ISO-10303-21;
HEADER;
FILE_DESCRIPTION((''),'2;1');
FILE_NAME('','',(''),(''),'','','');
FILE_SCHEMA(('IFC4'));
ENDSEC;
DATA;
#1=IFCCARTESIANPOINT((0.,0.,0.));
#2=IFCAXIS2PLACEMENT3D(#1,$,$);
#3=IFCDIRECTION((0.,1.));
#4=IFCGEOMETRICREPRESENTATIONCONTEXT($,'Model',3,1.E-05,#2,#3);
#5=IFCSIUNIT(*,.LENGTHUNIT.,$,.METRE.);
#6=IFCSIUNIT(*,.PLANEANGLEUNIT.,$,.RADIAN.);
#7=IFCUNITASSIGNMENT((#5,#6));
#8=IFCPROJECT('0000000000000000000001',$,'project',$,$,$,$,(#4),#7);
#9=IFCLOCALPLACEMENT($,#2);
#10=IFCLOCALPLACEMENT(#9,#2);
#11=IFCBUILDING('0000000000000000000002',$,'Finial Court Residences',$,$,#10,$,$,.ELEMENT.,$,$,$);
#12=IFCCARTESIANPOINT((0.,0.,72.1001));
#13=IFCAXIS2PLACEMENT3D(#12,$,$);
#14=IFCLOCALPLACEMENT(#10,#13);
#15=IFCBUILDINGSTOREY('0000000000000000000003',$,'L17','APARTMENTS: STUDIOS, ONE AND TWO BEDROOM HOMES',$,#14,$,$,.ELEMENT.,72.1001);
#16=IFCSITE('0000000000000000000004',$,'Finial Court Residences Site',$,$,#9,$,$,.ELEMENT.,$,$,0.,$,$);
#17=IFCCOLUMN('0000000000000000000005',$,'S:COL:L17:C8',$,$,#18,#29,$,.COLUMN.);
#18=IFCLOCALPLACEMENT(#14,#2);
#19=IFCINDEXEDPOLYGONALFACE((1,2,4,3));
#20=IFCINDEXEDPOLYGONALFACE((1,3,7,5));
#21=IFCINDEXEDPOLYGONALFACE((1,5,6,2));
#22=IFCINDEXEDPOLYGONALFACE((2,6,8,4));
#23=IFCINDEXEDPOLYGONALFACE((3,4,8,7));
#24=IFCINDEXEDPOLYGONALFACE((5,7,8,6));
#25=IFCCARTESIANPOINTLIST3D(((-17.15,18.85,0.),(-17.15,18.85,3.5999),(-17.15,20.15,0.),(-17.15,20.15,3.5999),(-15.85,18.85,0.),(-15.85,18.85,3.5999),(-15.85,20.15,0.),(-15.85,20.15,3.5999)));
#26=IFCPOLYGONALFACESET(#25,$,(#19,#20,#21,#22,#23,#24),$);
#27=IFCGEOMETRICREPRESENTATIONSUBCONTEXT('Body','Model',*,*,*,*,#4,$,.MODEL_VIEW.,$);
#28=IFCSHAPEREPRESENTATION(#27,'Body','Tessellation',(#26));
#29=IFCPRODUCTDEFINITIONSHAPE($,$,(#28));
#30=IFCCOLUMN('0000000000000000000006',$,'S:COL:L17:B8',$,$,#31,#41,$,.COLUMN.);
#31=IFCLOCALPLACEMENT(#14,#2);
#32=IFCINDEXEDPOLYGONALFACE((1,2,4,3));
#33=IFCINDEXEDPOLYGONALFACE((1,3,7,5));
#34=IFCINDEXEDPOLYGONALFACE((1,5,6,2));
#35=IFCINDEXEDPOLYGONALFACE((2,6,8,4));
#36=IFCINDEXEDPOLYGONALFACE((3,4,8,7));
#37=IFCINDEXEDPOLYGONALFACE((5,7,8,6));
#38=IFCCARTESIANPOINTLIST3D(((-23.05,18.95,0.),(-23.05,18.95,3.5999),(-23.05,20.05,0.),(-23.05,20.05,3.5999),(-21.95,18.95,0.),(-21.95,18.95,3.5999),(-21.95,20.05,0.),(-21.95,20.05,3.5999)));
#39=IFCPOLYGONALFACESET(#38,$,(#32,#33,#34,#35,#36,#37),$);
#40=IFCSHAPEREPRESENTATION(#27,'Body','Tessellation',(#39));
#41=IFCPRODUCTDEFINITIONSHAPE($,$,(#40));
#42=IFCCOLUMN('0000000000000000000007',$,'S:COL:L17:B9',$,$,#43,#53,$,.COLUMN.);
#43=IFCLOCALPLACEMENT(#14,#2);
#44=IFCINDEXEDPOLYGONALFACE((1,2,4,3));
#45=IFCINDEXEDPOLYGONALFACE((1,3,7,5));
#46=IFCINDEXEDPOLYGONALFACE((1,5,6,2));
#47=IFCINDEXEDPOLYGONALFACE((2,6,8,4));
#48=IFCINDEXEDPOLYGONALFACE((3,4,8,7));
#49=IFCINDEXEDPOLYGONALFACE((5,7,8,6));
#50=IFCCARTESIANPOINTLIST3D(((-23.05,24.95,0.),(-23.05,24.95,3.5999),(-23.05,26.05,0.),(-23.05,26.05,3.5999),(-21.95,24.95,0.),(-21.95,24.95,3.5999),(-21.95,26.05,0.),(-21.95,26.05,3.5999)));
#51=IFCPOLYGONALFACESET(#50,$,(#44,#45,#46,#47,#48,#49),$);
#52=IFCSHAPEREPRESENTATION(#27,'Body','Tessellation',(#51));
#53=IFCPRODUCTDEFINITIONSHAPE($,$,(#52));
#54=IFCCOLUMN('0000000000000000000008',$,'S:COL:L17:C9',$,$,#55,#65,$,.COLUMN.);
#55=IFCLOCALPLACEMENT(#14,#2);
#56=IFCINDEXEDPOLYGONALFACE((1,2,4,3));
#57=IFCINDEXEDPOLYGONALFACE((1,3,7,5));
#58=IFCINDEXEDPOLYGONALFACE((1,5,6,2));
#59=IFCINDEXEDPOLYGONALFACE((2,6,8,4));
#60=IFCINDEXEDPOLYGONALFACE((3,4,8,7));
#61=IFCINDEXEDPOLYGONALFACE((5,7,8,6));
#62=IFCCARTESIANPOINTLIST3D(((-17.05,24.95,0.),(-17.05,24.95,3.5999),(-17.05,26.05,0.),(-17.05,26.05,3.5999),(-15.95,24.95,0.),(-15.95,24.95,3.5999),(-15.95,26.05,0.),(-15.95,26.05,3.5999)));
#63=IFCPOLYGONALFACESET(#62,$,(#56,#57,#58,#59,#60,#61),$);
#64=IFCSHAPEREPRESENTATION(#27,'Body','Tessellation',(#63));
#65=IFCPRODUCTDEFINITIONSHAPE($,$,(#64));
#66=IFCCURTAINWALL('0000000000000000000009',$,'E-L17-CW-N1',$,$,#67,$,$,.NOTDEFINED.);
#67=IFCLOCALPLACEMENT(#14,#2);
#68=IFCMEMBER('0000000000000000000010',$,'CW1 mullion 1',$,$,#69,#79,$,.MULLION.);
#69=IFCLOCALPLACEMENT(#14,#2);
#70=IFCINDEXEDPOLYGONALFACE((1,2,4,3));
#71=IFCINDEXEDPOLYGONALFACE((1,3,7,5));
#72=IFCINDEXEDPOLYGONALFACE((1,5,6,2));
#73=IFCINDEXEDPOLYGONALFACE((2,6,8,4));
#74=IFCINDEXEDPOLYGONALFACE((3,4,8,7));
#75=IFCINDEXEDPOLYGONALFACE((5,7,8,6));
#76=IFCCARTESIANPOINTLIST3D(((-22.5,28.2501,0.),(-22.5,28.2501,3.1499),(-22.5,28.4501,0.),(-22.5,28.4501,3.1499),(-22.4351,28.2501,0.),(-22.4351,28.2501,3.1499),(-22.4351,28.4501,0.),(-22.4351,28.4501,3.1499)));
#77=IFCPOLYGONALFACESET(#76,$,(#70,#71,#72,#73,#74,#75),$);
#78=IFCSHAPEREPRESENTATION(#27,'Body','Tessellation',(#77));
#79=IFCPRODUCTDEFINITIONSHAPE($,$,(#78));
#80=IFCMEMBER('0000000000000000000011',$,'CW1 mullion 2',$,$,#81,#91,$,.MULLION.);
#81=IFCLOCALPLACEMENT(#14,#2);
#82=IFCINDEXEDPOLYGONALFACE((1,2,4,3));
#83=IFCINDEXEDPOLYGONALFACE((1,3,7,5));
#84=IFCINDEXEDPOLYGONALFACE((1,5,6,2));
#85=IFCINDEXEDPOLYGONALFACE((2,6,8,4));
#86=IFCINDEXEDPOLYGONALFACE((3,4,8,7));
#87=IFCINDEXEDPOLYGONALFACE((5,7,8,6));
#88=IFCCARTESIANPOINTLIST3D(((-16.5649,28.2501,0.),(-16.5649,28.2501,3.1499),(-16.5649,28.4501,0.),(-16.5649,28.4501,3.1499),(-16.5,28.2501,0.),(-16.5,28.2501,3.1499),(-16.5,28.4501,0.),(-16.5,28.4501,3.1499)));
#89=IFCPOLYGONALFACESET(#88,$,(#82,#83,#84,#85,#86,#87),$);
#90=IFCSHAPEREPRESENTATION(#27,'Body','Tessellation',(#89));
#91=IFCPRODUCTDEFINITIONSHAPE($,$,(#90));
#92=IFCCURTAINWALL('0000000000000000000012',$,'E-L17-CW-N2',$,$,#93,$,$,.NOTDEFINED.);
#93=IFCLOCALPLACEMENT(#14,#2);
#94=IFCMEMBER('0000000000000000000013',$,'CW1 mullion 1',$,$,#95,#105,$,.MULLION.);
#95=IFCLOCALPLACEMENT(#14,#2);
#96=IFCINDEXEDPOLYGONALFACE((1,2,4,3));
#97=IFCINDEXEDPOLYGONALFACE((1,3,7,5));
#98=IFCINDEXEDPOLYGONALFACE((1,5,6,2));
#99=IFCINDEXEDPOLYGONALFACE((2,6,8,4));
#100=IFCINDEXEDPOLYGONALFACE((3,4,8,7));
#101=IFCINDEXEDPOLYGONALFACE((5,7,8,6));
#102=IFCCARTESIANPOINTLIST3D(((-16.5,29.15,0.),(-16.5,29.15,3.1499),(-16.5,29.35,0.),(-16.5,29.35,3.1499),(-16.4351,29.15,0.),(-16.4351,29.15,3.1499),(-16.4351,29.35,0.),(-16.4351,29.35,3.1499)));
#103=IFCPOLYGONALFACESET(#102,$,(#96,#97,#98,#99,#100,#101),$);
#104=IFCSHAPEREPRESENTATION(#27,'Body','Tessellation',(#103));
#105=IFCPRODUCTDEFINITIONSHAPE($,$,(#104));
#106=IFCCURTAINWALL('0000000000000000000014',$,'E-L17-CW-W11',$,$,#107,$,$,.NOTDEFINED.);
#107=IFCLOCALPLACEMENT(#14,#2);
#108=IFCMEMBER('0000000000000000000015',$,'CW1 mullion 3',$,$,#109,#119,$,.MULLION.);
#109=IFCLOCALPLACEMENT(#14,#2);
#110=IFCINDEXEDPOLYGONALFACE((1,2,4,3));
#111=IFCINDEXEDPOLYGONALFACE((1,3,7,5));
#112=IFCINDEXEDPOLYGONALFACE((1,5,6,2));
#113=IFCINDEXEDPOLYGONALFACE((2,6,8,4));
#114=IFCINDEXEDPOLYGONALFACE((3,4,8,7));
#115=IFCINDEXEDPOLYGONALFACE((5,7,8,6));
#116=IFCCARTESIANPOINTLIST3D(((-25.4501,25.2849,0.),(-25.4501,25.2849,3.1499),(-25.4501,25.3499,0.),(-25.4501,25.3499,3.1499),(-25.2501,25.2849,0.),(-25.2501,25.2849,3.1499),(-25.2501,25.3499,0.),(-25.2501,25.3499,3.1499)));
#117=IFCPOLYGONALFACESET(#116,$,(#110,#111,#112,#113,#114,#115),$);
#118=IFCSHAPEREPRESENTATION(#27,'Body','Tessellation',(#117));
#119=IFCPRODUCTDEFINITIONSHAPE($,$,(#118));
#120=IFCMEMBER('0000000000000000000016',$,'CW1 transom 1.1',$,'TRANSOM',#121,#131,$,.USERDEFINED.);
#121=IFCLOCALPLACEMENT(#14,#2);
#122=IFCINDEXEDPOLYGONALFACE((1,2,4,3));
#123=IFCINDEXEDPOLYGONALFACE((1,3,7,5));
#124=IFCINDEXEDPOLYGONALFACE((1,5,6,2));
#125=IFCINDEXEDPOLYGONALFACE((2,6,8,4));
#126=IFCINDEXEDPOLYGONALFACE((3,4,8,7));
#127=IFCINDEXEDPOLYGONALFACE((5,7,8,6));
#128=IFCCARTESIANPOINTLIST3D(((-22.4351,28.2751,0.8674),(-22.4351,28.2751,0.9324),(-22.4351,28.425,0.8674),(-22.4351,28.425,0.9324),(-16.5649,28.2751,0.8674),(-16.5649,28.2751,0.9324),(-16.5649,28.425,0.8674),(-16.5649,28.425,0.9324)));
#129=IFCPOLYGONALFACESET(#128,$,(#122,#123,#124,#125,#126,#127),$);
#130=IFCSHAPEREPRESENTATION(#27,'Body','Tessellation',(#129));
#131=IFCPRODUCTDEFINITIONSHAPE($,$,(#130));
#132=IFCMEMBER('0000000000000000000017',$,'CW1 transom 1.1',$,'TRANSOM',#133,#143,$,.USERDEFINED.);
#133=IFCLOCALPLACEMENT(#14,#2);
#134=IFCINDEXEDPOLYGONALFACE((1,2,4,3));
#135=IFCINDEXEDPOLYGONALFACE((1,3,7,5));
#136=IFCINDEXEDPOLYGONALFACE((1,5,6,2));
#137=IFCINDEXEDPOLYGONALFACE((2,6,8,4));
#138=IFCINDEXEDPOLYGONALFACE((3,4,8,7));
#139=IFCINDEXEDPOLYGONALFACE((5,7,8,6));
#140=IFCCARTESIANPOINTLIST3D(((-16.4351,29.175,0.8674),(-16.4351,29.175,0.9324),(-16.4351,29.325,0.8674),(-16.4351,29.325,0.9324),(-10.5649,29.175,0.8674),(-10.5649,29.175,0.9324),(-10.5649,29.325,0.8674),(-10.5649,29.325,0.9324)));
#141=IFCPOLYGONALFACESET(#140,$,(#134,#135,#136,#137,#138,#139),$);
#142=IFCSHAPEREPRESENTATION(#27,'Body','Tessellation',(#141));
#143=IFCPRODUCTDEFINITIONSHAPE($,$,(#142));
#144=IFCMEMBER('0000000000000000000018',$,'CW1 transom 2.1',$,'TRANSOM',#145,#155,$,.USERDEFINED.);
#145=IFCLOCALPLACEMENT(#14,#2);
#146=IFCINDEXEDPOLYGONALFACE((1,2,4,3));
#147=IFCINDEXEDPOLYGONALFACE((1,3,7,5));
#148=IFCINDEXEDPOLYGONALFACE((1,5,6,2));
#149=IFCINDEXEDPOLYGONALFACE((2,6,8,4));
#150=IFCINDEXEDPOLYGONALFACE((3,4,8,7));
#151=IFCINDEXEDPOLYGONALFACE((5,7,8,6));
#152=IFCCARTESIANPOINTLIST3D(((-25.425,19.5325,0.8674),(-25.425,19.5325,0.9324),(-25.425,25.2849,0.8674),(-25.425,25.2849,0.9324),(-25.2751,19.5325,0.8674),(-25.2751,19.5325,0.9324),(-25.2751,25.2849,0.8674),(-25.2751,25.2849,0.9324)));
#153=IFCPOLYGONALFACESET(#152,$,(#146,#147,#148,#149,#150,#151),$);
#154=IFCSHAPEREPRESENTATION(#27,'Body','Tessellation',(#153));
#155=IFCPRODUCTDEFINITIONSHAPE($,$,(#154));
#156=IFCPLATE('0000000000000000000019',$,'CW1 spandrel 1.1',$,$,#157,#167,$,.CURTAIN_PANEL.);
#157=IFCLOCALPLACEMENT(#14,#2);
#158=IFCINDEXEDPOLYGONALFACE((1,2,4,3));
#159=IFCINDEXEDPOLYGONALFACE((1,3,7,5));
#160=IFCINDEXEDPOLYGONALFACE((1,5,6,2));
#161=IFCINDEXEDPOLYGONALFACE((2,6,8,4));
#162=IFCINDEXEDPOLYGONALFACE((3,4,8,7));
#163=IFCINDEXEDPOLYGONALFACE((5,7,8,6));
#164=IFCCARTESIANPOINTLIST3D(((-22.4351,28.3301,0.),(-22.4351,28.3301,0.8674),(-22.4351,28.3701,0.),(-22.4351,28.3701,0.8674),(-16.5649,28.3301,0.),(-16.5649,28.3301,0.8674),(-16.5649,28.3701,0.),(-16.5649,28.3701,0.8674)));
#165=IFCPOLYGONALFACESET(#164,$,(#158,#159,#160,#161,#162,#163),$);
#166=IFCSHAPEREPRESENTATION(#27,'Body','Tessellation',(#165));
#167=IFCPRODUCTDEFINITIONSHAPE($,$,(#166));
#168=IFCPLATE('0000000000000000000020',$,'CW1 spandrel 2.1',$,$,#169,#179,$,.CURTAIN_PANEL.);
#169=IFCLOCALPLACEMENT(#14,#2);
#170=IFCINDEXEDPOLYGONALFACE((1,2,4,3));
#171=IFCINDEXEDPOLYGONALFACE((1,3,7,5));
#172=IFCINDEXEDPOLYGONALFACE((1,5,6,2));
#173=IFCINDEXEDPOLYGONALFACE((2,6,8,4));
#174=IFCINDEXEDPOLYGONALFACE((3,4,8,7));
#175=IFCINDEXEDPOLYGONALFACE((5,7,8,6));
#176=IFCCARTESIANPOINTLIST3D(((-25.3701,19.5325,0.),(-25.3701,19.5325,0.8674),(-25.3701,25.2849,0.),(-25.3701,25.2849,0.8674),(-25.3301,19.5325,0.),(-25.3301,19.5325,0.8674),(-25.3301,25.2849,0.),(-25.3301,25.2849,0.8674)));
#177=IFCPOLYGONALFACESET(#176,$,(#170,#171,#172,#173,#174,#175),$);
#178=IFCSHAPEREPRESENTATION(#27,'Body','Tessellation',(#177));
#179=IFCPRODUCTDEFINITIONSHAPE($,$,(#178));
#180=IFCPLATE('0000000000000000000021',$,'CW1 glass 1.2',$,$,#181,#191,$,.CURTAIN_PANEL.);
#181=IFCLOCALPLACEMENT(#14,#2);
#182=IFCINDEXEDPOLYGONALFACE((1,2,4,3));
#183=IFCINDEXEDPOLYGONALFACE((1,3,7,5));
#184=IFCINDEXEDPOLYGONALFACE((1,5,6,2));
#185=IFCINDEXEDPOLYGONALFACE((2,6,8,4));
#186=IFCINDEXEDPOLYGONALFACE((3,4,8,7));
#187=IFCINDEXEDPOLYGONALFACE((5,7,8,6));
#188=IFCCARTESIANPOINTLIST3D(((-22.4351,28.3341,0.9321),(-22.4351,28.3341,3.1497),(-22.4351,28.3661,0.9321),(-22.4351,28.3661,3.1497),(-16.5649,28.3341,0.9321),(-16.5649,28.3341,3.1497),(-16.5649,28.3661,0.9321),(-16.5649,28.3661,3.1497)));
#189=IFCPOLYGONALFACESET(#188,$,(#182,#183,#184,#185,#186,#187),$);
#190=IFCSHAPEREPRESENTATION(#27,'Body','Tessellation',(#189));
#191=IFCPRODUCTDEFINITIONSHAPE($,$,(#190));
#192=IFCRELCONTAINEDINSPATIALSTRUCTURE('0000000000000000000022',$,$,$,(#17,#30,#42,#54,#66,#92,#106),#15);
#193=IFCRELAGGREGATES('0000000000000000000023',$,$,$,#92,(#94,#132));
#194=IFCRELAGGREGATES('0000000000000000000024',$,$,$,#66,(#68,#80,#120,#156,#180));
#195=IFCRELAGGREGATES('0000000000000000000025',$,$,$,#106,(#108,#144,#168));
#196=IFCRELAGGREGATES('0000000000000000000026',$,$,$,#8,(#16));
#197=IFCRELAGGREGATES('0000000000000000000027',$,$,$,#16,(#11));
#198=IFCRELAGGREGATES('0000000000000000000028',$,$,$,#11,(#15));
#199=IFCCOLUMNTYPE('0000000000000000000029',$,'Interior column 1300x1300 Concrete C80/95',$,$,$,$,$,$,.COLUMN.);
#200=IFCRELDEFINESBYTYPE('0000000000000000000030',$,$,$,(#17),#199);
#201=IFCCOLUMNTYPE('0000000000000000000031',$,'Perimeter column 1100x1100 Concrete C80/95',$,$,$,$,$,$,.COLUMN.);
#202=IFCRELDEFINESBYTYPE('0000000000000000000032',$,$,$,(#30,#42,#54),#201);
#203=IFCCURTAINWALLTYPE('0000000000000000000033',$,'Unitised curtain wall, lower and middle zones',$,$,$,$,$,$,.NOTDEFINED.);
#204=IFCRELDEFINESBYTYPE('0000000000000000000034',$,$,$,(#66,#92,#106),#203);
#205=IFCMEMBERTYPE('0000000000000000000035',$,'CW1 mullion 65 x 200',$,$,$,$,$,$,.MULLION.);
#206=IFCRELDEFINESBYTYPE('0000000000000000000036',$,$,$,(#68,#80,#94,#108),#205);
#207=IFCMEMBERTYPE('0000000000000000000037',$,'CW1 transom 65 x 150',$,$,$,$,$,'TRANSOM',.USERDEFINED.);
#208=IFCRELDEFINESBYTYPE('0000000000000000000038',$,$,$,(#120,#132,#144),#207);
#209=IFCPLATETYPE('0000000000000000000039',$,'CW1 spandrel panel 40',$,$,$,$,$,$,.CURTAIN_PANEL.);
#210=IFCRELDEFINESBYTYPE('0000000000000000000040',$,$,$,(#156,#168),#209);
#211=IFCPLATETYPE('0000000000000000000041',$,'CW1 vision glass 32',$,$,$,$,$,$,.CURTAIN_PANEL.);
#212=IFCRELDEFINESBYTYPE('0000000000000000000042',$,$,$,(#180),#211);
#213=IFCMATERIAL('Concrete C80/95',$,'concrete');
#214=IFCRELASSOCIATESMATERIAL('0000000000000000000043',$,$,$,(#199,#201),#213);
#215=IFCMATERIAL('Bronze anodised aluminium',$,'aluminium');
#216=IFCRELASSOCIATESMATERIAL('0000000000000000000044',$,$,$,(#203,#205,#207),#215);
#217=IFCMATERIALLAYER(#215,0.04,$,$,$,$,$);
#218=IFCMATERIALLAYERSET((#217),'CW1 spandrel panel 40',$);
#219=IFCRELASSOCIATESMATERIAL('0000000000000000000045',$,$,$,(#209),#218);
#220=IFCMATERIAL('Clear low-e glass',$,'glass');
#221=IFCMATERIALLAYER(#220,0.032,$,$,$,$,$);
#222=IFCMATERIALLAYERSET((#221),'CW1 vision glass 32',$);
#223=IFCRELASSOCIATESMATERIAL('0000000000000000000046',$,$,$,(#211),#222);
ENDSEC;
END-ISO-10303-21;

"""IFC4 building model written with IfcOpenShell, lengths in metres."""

from ifc_helpers import new_model, si_unit, direction, frame, origin, origin_2d, place, context, subcontext, project, spatial, rectangle, extrude, material, layer, layer_set, material_profile, profile_set, type_object, element, aggregate, save


model = new_model("IFC4")

# Units and contexts
model_context = context("Model", 3, precision=1e-05, world=origin(), true_north=direction((0.0, 1.0)))
body_context = subcontext(model_context, "Body", "Model", "MODEL_VIEW")
ifc_project = project(units=[si_unit("LENGTHUNIT", "METRE"), si_unit("PLANEANGLEUNIT", "RADIAN")], contexts=[model_context])

# Site, building, storey
site_placement = place(None, origin())
site = spatial("IfcSite", under=ifc_project, at=site_placement, Name="Finial Court Residences Site", CompositionType="ELEMENT", RefElevation=0.0)
building_placement = place(site_placement, origin())
building = spatial("IfcBuilding", under=site, at=building_placement, Name="Finial Court Residences", CompositionType="ELEMENT")
storey_placement = place(building_placement, frame((0.0, 0.0, 72.1001)))
storey = spatial("IfcBuildingStorey", under=building, at=storey_placement, Name="L17", Description="APARTMENTS: STUDIOS, ONE AND TWO BEDROOM HOMES", CompositionType="ELEMENT", Elevation=72.1001)

# Columns
ifc_material_1 = material(Name="Concrete C80/95", Category="concrete")
ifc_material_profile_1 = material_profile(ifc_material_1, rectangle(XDim=1.3, YDim=1.3, at=origin_2d()), Name="1300x1300")
ifc_profile_set_1 = profile_set([ifc_material_profile_1], Name="Concrete C80/95")
column_type_1 = type_object("IfcColumnType", Name="Interior column 1300x1300 Concrete C80/95", PredefinedType="COLUMN", material=ifc_profile_set_1)
column_placement = place(storey_placement, frame((-16.5, 19.5, 0.0), z_axis=(0.0, 0.0, 1.0), x_axis=(1.0, 0.0, 0.0)))
element("IfcColumn", 1, at=column_placement, inside=storey, type_object=column_type_1, Name="S:COL:L17:C8", PredefinedType="COLUMN", context=body_context, shape_type="SweptSolid", body=[
    extrude(rectangle(XDim=1.3, YDim=1.3, at=origin_2d()), origin(), (0.0, 0.0, 1.0), 3.5999),
])
ifc_material_profile_2 = material_profile(ifc_material_1, rectangle(XDim=1.1001, YDim=1.1001, at=origin_2d()), Name="1100x1100")
ifc_profile_set_2 = profile_set([ifc_material_profile_2], Name="Concrete C80/95")
column_type_2 = type_object("IfcColumnType", Name="Perimeter column 1100x1100 Concrete C80/95", PredefinedType="COLUMN", material=ifc_profile_set_2)
for number, where, z_axis, x_axis, name in (
    (2, (-22.5, 19.5, 0.0), (0.0, 0.0, 1.0), (1.0, 0.0, 0.0), "S:COL:L17:B8"),
    (3, (-22.5, 25.5, 0.0), (0.0, 0.0, 1.0), (1.0, 0.0, 0.0), "S:COL:L17:B9"),
    (4, (-16.5, 25.5, 0.0), (0.0, 0.0, 1.0), (1.0, 0.0, 0.0), "S:COL:L17:C9"),
):
    element("IfcColumn", number, at=place(storey_placement, frame(where, z_axis=z_axis, x_axis=x_axis)), inside=storey, type_object=column_type_2, Name=name, PredefinedType="COLUMN", context=body_context, shape_type="SweptSolid", body=[
        extrude(rectangle(XDim=1.1001, YDim=1.1001, at=origin_2d()), origin(), (0.0, 0.0, 1.0), 3.5999),
    ])

# Curtain wall, members
ifc_material_2 = material(Name="Bronze anodised aluminium", Category="aluminium")
curtain_wall_type = type_object("IfcCurtainWallType", Name="Unitised curtain wall, lower and middle zones", PredefinedType="NOTDEFINED", material=ifc_material_2)
curtain_wall_1_placement = place(storey_placement, origin())
curtain_wall_1 = element("IfcCurtainWall", 5, at=curtain_wall_1_placement, inside=storey, type_object=curtain_wall_type, Name="E-L17-CW-N1", PredefinedType="NOTDEFINED")
ifc_material_profile_3 = material_profile(ifc_material_2, rectangle(XDim=0.2, YDim=0.0649, at=origin_2d()), Name="CW1 mullion 65 x 200")
ifc_profile_set_3 = profile_set([ifc_material_profile_3], Name="Bronze anodised aluminium")
member_type_1 = type_object("IfcMemberType", Name="CW1 mullion 65 x 200", PredefinedType="MULLION", material=ifc_profile_set_3)
member_1_placement = place(storey_placement, frame((-22.4675, 28.3501, 0.0), z_axis=(0.0, 0.0, 1.0), x_axis=(0.0, 1.0, 0.0)))
member_1 = element("IfcMember", 6, at=member_1_placement, type_object=member_type_1, Name="CW1 mullion 1", PredefinedType="MULLION", context=body_context, shape_type="SweptSolid", body=[
    extrude(rectangle(XDim=0.2, YDim=0.0649, at=origin_2d()), origin(), (0.0, 0.0, 1.0), 3.1499),
])
member_2_placement = place(storey_placement, frame((-16.5325, 28.3501, 0.0), z_axis=(0.0, 0.0, 1.0), x_axis=(0.0, 1.0, 0.0)))
member_2 = element("IfcMember", 7, at=member_2_placement, type_object=member_type_1, Name="CW1 mullion 2", PredefinedType="MULLION", context=body_context, shape_type="SweptSolid", body=[
    extrude(rectangle(XDim=0.2, YDim=0.0649, at=origin_2d()), origin(), (0.0, 0.0, 1.0), 3.1499),
])

# Curtain walls, members
curtain_wall_2_placement = place(storey_placement, origin())
curtain_wall_2 = element("IfcCurtainWall", 8, at=curtain_wall_2_placement, inside=storey, type_object=curtain_wall_type, Name="E-L17-CW-N2", PredefinedType="NOTDEFINED")
member_3_placement = place(storey_placement, frame((-16.4675, 29.25, 0.0), z_axis=(0.0, 0.0, 1.0), x_axis=(0.0, 1.0, 0.0)))
member_3 = element("IfcMember", 9, at=member_3_placement, type_object=member_type_1, Name="CW1 mullion 1", PredefinedType="MULLION", context=body_context, shape_type="SweptSolid", body=[
    extrude(rectangle(XDim=0.2, YDim=0.0649, at=origin_2d()), origin(), (0.0, 0.0, 1.0), 3.1499),
])
curtain_wall_3_placement = place(storey_placement, origin())
curtain_wall_3 = element("IfcCurtainWall", 10, at=curtain_wall_3_placement, inside=storey, type_object=curtain_wall_type, Name="E-L17-CW-W11", PredefinedType="NOTDEFINED")
member_4_placement = place(storey_placement, frame((-25.3501, 25.3174, 0.0), z_axis=(0.0, 0.0, 1.0), x_axis=(-1.0, 0.0, 0.0)))
member_4 = element("IfcMember", 11, at=member_4_placement, type_object=member_type_1, Name="CW1 mullion 3", PredefinedType="MULLION", context=body_context, shape_type="SweptSolid", body=[
    extrude(rectangle(XDim=0.2, YDim=0.0649, at=origin_2d()), origin(), (0.0, 0.0, 1.0), 3.1499),
])

# Members
ifc_material_profile_4 = material_profile(ifc_material_2, rectangle(XDim=0.1499, YDim=0.0649, at=origin_2d()), Name="CW1 transom 65 x 150")
ifc_profile_set_4 = profile_set([ifc_material_profile_4], Name="Bronze anodised aluminium")
member_type_2 = type_object("IfcMemberType", Name="CW1 transom 65 x 150", ElementType="TRANSOM", PredefinedType="USERDEFINED", material=ifc_profile_set_4)
member_5_placement = place(storey_placement, frame((-22.4351, 28.3501, 0.8999), z_axis=(1.0, 0.0, 0.0), x_axis=(0.0, 1.0, 0.0)))
member_5 = element("IfcMember", 12, at=member_5_placement, type_object=member_type_2, Name="CW1 transom 1.1", ObjectType="TRANSOM", PredefinedType="USERDEFINED", context=body_context, shape_type="SweptSolid", body=[
    extrude(rectangle(XDim=0.1499, YDim=0.0649, at=origin_2d()), origin(), (0.0, 0.0, 1.0), 5.8701),
])
member_6_placement = place(storey_placement, frame((-16.4351, 29.25, 0.8999), z_axis=(1.0, 0.0, 0.0), x_axis=(0.0, 1.0, 0.0)))
member_6 = element("IfcMember", 13, at=member_6_placement, type_object=member_type_2, Name="CW1 transom 1.1", ObjectType="TRANSOM", PredefinedType="USERDEFINED", context=body_context, shape_type="SweptSolid", body=[
    extrude(rectangle(XDim=0.1499, YDim=0.0649, at=origin_2d()), origin(), (0.0, 0.0, 1.0), 5.8701),
])
aggregate(curtain_wall_2, [member_3, member_6])
member_7_placement = place(storey_placement, frame((-25.3501, 19.5325, 0.8999), z_axis=(0.0, 1.0, 0.0), x_axis=(-1.0, 0.0, 0.0)))
member_7 = element("IfcMember", 14, at=member_7_placement, type_object=member_type_2, Name="CW1 transom 2.1", ObjectType="TRANSOM", PredefinedType="USERDEFINED", context=body_context, shape_type="SweptSolid", body=[
    extrude(rectangle(XDim=0.1499, YDim=0.0649, at=origin_2d()), origin(), (0.0, 0.0, 1.0), 5.7524),
])

# Plates
ifc_layer_1 = layer(ifc_material_2, 0.04)
ifc_layer_set_1 = layer_set([ifc_layer_1], Name="CW1 spandrel panel 40")
plate_type_1 = type_object("IfcPlateType", Name="CW1 spandrel panel 40", PredefinedType="CURTAIN_PANEL", material=ifc_layer_set_1)
plate_1_placement = place(storey_placement, frame((-19.5, 28.3501, 0.0), z_axis=(0.0, 0.0, 1.0), x_axis=(1.0, 0.0, 0.0)))
plate_1 = element("IfcPlate", 15, at=plate_1_placement, type_object=plate_type_1, Name="CW1 spandrel 1.1", PredefinedType="CURTAIN_PANEL", context=body_context, shape_type="SweptSolid", body=[
    extrude(rectangle(XDim=5.8701, YDim=0.04, at=origin_2d()), origin(), (0.0, 0.0, 1.0), 0.8674),
])
plate_2_placement = place(storey_placement, frame((-25.3501, 22.4087, 0.0), z_axis=(0.0, 0.0, 1.0), x_axis=(0.0, 1.0, 0.0)))
plate_2 = element("IfcPlate", 16, at=plate_2_placement, type_object=plate_type_1, Name="CW1 spandrel 2.1", PredefinedType="CURTAIN_PANEL", context=body_context, shape_type="SweptSolid", body=[
    extrude(rectangle(XDim=5.7524, YDim=0.04, at=origin_2d()), origin(), (0.0, 0.0, 1.0), 0.8674),
])
ifc_material_3 = material(Name="Clear low-e glass", Category="glass")
ifc_layer_2 = layer(ifc_material_3, 0.032)
ifc_layer_set_2 = layer_set([ifc_layer_2], Name="CW1 vision glass 32")
plate_type_2 = type_object("IfcPlateType", Name="CW1 vision glass 32", PredefinedType="CURTAIN_PANEL", material=ifc_layer_set_2)
plate_3_placement = place(storey_placement, frame((-19.5, 28.3501, 0.9321), z_axis=(0.0, 0.0, 1.0), x_axis=(1.0, 0.0, 0.0)))
plate_3 = element("IfcPlate", 17, at=plate_3_placement, type_object=plate_type_2, Name="CW1 glass 1.2", PredefinedType="CURTAIN_PANEL", context=body_context, shape_type="SweptSolid", body=[
    extrude(rectangle(XDim=5.8701, YDim=0.032, at=origin_2d()), origin(), (0.0, 0.0, 1.0), 2.2175),
])
aggregate(curtain_wall_1, [member_1, member_2, member_5, plate_1, plate_3])
aggregate(curtain_wall_3, [member_4, member_7, plate_2])

save(model, "model.ifc")
